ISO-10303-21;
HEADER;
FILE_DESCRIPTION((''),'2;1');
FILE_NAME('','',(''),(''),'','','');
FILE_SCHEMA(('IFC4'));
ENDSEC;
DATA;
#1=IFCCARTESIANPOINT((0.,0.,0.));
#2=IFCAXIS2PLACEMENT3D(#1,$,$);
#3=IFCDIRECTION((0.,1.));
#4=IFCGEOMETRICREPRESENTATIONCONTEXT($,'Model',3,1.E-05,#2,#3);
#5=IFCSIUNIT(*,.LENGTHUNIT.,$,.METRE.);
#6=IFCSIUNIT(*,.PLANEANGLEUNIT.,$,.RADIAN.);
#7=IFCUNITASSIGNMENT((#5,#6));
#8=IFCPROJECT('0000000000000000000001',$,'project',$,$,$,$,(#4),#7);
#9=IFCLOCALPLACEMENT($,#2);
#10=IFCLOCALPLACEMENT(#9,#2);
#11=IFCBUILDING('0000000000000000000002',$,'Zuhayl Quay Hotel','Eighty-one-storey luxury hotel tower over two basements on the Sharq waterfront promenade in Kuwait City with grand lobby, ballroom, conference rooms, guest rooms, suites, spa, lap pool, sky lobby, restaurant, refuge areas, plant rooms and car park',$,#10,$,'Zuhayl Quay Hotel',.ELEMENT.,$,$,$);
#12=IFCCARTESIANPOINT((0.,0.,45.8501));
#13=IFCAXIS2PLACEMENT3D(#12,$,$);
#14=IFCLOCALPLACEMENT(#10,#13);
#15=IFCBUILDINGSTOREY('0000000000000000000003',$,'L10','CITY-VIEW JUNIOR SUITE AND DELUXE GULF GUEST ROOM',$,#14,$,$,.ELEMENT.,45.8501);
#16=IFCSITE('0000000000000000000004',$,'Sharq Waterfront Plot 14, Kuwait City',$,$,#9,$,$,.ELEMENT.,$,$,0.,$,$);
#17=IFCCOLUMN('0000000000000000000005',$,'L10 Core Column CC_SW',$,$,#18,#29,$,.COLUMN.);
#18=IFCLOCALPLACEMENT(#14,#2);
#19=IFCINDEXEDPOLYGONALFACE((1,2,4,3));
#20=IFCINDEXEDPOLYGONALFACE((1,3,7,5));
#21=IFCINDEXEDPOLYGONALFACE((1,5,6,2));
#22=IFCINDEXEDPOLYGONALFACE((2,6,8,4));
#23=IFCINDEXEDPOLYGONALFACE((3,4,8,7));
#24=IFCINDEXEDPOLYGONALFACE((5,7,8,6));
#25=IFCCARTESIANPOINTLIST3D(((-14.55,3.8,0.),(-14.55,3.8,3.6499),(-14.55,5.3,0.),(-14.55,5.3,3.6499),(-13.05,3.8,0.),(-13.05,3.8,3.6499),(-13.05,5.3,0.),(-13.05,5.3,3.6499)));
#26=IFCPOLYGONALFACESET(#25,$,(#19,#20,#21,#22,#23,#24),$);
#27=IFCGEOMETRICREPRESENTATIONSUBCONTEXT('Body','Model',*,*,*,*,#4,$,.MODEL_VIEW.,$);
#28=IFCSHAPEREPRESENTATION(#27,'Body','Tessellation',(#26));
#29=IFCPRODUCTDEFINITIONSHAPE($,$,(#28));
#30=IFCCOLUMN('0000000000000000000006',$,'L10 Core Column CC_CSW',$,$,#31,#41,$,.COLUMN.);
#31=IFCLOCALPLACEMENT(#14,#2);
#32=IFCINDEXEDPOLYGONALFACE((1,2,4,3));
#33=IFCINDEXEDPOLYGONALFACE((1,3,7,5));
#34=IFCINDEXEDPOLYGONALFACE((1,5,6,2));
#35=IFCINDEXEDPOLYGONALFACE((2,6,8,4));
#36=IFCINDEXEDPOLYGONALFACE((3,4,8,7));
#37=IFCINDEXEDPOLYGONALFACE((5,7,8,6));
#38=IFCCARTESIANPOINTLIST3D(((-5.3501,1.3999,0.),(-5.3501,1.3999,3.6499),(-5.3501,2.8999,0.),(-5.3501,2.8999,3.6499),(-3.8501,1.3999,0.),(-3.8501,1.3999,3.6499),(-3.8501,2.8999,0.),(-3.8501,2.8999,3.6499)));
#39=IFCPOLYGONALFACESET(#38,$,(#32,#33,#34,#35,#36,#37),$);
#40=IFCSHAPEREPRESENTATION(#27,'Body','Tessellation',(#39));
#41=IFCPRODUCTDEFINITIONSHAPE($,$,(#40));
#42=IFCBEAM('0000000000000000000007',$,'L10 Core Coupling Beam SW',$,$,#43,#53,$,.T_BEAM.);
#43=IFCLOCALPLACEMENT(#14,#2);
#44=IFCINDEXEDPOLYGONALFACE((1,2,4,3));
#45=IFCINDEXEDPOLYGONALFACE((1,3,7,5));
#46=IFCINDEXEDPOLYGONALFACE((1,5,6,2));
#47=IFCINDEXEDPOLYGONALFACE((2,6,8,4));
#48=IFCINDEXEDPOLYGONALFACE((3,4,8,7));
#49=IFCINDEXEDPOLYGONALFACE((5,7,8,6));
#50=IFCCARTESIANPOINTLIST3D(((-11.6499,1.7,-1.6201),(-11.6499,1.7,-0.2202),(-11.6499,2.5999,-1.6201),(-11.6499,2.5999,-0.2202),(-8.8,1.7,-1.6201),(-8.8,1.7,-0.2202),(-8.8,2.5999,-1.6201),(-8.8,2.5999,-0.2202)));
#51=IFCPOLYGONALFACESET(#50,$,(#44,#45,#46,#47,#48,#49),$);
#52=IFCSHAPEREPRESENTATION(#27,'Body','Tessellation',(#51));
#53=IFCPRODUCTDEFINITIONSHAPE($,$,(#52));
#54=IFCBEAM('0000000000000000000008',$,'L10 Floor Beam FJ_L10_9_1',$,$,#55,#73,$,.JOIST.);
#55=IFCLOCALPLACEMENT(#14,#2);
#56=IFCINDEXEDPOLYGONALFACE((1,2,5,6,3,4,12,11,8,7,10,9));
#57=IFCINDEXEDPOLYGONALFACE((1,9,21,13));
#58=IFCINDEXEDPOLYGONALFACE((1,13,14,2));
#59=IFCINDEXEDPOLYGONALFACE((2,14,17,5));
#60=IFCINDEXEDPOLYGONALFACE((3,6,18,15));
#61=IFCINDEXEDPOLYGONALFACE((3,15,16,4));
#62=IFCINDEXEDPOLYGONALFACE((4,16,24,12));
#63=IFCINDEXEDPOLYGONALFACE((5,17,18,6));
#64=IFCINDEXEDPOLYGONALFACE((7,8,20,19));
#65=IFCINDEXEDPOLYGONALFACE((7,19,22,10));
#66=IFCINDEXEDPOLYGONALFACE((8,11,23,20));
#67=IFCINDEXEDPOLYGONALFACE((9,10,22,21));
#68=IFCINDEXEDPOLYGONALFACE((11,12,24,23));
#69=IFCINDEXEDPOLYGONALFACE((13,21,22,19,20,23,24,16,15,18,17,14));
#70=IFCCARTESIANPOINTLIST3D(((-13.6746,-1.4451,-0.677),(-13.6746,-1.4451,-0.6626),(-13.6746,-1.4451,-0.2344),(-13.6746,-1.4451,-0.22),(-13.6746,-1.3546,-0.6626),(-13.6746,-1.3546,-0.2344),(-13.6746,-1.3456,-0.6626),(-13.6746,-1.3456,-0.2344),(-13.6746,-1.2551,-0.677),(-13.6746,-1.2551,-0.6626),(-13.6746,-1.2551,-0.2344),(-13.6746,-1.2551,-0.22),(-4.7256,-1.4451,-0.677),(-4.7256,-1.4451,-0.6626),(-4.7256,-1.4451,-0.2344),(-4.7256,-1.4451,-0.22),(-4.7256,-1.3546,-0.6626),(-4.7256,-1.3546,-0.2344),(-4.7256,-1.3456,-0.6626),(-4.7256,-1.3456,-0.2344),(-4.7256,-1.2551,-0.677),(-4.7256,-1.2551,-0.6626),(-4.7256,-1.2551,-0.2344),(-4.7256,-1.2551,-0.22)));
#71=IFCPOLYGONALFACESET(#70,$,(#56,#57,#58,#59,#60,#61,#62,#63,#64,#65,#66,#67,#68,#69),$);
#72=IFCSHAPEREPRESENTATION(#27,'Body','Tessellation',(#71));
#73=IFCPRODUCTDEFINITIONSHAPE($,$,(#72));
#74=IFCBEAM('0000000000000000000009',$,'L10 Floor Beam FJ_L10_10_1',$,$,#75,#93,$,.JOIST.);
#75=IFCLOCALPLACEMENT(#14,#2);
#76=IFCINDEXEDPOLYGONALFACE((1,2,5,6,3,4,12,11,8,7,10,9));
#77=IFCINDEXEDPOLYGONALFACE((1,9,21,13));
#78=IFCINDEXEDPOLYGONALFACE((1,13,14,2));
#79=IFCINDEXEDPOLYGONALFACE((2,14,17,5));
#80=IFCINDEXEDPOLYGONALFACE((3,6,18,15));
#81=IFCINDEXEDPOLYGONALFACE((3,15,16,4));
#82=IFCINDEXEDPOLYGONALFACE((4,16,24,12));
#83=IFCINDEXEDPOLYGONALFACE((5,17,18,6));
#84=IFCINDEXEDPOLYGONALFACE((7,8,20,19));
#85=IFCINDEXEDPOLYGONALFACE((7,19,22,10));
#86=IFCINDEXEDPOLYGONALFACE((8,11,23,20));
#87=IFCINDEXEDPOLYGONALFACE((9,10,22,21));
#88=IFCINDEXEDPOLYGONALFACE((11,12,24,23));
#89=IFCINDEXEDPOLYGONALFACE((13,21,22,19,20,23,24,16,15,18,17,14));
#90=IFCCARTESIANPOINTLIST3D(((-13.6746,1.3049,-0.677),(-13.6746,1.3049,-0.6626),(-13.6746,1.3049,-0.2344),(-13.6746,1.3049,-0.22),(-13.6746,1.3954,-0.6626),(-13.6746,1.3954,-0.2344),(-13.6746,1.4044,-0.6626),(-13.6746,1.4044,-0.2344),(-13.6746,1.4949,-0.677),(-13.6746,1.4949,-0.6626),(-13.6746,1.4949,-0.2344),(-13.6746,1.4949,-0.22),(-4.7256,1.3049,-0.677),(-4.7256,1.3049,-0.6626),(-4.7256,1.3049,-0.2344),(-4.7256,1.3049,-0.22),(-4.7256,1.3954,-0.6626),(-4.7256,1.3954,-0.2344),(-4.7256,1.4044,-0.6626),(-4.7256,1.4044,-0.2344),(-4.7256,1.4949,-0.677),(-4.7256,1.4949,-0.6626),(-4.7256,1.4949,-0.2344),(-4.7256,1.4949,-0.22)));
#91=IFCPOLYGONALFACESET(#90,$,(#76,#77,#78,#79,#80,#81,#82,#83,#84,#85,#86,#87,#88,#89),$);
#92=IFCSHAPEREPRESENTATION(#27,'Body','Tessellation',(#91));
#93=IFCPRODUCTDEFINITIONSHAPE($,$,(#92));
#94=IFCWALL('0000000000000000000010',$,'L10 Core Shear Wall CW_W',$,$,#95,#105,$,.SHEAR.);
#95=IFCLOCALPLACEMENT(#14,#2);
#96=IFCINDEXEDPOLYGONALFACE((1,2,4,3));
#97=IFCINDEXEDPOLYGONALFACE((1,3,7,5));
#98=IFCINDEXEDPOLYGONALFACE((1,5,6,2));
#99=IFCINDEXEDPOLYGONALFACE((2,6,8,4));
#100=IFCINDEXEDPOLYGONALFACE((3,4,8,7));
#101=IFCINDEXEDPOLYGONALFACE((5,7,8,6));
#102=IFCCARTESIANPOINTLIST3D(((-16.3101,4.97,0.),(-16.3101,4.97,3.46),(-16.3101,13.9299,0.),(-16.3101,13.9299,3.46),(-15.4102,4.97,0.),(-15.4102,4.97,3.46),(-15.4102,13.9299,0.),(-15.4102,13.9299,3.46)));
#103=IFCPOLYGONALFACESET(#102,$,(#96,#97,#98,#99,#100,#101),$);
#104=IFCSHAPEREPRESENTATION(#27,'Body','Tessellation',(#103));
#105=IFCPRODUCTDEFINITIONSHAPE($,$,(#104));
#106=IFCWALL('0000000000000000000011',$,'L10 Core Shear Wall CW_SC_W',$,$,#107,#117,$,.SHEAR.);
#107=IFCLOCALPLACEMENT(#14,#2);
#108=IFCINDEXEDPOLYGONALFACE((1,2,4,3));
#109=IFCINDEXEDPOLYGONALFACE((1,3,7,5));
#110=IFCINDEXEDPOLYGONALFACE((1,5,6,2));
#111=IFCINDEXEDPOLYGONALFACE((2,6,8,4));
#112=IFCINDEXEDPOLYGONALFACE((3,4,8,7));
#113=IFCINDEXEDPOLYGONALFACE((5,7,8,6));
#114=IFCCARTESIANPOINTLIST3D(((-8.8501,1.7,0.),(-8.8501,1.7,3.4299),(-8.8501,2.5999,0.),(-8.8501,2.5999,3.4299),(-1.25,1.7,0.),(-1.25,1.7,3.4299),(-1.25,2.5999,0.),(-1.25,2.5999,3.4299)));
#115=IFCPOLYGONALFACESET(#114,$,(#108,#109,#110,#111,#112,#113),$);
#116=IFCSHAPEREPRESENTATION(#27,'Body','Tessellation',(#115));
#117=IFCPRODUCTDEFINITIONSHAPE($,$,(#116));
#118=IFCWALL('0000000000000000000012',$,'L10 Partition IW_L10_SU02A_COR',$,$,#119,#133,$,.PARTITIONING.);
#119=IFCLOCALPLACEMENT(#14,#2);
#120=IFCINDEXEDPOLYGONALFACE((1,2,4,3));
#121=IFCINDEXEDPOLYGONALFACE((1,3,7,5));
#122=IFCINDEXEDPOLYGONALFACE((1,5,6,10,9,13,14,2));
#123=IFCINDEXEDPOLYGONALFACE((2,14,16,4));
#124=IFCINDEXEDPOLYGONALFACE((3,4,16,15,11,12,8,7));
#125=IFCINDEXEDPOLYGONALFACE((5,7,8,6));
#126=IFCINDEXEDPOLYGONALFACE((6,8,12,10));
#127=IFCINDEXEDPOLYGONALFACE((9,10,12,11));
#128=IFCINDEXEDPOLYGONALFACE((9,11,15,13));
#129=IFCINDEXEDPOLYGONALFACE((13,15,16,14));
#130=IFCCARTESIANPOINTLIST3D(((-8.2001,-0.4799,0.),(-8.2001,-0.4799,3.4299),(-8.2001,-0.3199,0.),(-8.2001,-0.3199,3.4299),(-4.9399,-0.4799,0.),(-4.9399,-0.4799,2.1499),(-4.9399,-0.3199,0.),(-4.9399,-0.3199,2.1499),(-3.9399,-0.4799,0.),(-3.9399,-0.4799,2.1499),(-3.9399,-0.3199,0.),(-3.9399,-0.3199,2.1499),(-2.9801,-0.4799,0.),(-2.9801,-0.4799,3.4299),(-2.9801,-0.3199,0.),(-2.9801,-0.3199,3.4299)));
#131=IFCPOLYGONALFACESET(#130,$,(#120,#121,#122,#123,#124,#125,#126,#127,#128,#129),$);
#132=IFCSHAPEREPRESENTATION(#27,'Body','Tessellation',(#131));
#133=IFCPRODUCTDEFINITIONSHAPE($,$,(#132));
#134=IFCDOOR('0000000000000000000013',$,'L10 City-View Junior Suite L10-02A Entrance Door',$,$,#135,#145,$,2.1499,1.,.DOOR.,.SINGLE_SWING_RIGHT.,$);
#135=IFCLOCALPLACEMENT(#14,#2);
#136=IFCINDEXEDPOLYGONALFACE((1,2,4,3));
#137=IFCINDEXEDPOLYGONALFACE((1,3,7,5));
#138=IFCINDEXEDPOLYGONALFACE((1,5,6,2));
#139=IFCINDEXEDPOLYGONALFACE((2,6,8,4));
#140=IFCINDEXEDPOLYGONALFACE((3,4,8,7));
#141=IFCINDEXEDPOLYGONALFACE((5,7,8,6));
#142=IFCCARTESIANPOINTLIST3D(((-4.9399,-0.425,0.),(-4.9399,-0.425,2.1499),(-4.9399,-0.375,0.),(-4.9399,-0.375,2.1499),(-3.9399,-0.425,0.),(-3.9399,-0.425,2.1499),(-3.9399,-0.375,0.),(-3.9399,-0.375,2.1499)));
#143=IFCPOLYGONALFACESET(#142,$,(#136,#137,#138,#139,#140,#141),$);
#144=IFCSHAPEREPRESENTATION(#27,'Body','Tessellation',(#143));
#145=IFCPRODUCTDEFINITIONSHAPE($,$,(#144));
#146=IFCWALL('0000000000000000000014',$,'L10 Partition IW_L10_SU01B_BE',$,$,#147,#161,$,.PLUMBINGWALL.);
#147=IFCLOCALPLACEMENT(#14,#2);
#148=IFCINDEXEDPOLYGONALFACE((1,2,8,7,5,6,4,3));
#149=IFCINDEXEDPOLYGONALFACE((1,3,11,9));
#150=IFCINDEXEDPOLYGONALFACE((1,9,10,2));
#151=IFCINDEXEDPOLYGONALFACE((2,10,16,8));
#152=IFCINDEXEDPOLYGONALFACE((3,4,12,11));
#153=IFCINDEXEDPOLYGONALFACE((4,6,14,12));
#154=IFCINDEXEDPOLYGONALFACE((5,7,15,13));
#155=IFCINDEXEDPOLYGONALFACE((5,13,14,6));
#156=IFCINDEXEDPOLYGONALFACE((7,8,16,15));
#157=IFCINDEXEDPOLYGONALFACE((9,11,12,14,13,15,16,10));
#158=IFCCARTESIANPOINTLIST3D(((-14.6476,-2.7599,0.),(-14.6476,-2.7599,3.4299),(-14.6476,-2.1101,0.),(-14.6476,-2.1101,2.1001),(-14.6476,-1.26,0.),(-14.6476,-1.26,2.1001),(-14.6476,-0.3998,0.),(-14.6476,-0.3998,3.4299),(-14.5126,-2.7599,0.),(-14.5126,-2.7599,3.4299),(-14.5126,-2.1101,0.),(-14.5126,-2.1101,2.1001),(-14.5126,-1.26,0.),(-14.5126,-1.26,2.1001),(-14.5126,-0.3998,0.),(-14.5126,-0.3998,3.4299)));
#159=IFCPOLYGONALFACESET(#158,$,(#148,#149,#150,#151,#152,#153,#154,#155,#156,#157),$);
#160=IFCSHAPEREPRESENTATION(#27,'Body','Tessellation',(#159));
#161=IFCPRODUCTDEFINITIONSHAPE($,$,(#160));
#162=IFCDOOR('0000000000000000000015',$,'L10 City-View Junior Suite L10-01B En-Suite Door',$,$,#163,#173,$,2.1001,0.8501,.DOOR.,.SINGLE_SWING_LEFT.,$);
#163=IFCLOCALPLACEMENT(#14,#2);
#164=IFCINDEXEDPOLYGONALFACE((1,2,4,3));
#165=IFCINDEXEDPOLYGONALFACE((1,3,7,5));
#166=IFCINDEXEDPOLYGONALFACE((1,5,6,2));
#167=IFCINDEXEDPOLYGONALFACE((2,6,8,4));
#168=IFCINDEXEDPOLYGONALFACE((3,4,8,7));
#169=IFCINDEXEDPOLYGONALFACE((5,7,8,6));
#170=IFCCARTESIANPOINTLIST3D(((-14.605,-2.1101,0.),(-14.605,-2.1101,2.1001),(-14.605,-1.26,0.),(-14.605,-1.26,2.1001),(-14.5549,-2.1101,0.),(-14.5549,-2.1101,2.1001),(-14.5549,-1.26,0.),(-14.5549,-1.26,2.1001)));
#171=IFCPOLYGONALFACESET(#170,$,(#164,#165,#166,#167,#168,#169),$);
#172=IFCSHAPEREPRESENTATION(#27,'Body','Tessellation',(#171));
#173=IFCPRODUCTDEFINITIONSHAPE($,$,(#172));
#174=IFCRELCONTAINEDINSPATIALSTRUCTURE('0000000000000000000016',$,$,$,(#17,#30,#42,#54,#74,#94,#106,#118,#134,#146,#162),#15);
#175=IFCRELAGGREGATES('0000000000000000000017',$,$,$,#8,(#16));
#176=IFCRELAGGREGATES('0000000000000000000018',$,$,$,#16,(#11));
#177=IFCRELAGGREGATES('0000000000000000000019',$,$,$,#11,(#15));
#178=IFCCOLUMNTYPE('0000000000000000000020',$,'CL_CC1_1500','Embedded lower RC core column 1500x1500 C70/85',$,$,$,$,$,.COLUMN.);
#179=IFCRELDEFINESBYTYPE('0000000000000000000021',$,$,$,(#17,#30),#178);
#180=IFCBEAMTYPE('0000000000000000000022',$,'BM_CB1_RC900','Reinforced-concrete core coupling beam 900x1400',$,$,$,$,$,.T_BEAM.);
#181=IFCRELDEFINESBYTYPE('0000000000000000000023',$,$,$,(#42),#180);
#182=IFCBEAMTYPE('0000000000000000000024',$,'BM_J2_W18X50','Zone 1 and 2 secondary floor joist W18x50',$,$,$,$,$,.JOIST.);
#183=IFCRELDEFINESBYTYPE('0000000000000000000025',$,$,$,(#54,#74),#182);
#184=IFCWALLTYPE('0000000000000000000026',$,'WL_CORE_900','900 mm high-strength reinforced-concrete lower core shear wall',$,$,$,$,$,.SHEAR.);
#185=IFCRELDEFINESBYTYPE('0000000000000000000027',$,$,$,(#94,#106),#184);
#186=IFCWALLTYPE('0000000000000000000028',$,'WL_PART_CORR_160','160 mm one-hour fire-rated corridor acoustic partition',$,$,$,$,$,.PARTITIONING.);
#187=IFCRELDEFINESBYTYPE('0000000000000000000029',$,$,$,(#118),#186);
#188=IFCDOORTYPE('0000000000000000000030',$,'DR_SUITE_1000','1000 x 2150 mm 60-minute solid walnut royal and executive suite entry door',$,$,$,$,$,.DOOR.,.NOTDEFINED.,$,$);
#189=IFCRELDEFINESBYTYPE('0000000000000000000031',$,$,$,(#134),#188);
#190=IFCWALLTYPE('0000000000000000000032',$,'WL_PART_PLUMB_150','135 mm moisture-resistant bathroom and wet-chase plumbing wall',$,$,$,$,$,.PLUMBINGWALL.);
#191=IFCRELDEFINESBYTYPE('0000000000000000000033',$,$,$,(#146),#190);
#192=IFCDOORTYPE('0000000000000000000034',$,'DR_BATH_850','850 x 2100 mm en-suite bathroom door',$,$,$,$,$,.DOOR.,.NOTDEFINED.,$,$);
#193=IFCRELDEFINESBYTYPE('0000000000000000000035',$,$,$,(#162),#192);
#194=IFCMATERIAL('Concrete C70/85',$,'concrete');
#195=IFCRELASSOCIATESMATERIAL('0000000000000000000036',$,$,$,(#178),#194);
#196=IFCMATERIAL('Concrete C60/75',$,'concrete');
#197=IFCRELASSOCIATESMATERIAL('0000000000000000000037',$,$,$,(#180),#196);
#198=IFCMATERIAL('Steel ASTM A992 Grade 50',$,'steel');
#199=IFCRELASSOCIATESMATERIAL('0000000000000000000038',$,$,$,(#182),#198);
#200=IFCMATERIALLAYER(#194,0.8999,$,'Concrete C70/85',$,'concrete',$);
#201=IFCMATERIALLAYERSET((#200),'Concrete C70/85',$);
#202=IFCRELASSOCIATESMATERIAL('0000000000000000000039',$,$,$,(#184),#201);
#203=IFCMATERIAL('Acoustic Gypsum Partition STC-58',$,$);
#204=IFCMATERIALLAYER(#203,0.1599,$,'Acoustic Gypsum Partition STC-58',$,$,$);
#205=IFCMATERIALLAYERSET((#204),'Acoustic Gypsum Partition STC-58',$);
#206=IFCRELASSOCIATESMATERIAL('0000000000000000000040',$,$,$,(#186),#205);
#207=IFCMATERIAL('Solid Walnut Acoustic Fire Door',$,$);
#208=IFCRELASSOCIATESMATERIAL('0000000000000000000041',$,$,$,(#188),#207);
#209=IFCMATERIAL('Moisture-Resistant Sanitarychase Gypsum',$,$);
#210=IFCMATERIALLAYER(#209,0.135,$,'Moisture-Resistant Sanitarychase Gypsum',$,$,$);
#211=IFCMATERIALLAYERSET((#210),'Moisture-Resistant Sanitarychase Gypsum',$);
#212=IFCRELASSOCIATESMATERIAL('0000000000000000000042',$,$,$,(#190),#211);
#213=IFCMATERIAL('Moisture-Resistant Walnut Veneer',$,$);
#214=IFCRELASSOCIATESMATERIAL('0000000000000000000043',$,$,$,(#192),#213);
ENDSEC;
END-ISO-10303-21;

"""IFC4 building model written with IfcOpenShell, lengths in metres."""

from ifc_helpers import new_model, si_unit, direction, frame, frame_2d, origin, origin_2d, place, context, subcontext, project, spatial, rectangle, i_section, extrude, material, layer, layer_set, material_profile, profile_set, type_object, element, fill, save


model = new_model("IFC4")

# Units and contexts
model_context = context("Model", 3, precision=1e-05, world=origin(), true_north=direction((0.0, 1.0)))
body_context = subcontext(model_context, "Body", "Model", "MODEL_VIEW")
ifc_project = project(units=[si_unit("LENGTHUNIT", "METRE"), si_unit("PLANEANGLEUNIT", "RADIAN")], contexts=[model_context])

# Site, building, storey
site_placement = place(None, origin())
site = spatial("IfcSite", under=ifc_project, at=site_placement, Name="Sharq Waterfront Plot 14, Kuwait City", CompositionType="ELEMENT", RefElevation=0.0)
building_placement = place(site_placement, origin())
building = spatial("IfcBuilding", under=site, at=building_placement, Name="Zuhayl Quay Hotel", Description="Eighty-one-storey luxury hotel tower over two basements on the Sharq waterfront promenade in Kuwait City with grand lobby, ballroom, conference rooms, guest rooms, suites, spa, lap pool, sky lobby, restaurant, refuge areas, plant rooms and car park", LongName="Zuhayl Quay Hotel", CompositionType="ELEMENT")
storey_placement = place(building_placement, frame((0.0, 0.0, 45.8501)))
storey = spatial("IfcBuildingStorey", under=building, at=storey_placement, Name="L10", Description="CITY-VIEW JUNIOR SUITE AND DELUXE GULF GUEST ROOM", CompositionType="ELEMENT", Elevation=45.8501)

# Columns
ifc_material_1 = material(Name="Concrete C70/85", Category="concrete")
ifc_material_profile_1 = material_profile(ifc_material_1, rectangle(XDim=1.5, YDim=1.5, at=origin_2d()), Name="RC1500X1500")
ifc_profile_set_1 = profile_set([ifc_material_profile_1], Name="Concrete C70/85")
column_type = type_object("IfcColumnType", Name="CL_CC1_1500", Description="Embedded lower RC core column 1500x1500 C70/85", PredefinedType="COLUMN", material=ifc_profile_set_1)
for number, where, z_axis, x_axis, name in (
    (1, (-13.8, 4.55, 0.0), (0.0, 0.0, 1.0), (1.0, 0.0, 0.0), "L10 Core Column CC_SW"),
    (2, (-4.6001, 2.1499, 0.0), (0.0, 0.0, 1.0), (1.0, 0.0, 0.0), "L10 Core Column CC_CSW"),
):
    element("IfcColumn", number, at=place(storey_placement, frame(where, z_axis=z_axis, x_axis=x_axis)), inside=storey, type_object=column_type, Name=name, PredefinedType="COLUMN", context=body_context, shape_type="SweptSolid", body=[
        extrude(rectangle(XDim=1.5, YDim=1.5, at=origin_2d()), origin(), (0.0, 0.0, 1.0), 3.6499),
    ])

# Beams
ifc_material_2 = material(Name="Concrete C60/75", Category="concrete")
ifc_material_profile_2 = material_profile(ifc_material_2, rectangle(XDim=0.8999, YDim=1.3999, at=origin_2d()), Name="RC900X1400")
ifc_profile_set_2 = profile_set([ifc_material_profile_2], Name="Concrete C60/75")
beam_type_1 = type_object("IfcBeamType", Name="BM_CB1_RC900", Description="Reinforced-concrete core coupling beam 900x1400", PredefinedType="T_BEAM", material=ifc_profile_set_2)
beam_placement = place(storey_placement, frame((-11.6499, 2.1499, -0.9202), z_axis=(1.0, 0.0, 0.0), x_axis=(0.0, 1.0, 0.0)))
element("IfcBeam", 3, at=beam_placement, inside=storey, type_object=beam_type_1, Name="L10 Core Coupling Beam SW", PredefinedType="T_BEAM", context=body_context, shape_type="SweptSolid", body=[
    extrude(rectangle(XDim=0.8999, YDim=1.3999, at=origin_2d()), origin(), (0.0, 0.0, 1.0), 2.8499),
])
ifc_material_3 = material(Name="Steel ASTM A992 Grade 50", Category="steel")
ifc_material_profile_3 = material_profile(ifc_material_3, i_section(OverallWidth=0.1899, OverallDepth=0.457, WebThickness=0.009, FlangeThickness=0.0144, at=origin_2d()), Name="W18X50")
ifc_profile_set_3 = profile_set([ifc_material_profile_3], Name="Steel ASTM A992 Grade 50")
beam_type_2 = type_object("IfcBeamType", Name="BM_J2_W18X50", Description="Zone 1 and 2 secondary floor joist W18x50", PredefinedType="JOIST", material=ifc_profile_set_3)
for number, where, z_axis, x_axis, name in (
    (4, (-13.6746, -1.3501, -0.4485), (1.0, 0.0, 0.0), (0.0, 1.0, 0.0), "L10 Floor Beam FJ_L10_9_1"),
    (5, (-13.6746, 1.3999, -0.4485), (1.0, 0.0, 0.0), (0.0, 1.0, 0.0), "L10 Floor Beam FJ_L10_10_1"),
):
    element("IfcBeam", number, at=place(storey_placement, frame(where, z_axis=z_axis, x_axis=x_axis)), inside=storey, type_object=beam_type_2, Name=name, PredefinedType="JOIST", context=body_context, shape_type="SweptSolid", body=[
        extrude(i_section(OverallWidth=0.1899, OverallDepth=0.457, WebThickness=0.009, FlangeThickness=0.0144, at=origin_2d()), origin(), (0.0, 0.0, 1.0), 8.949),
    ])

# Walls
ifc_layer_1 = layer(ifc_material_1, 0.8999, Name="Concrete C70/85", Category="concrete")
ifc_layer_set_1 = layer_set([ifc_layer_1], Name="Concrete C70/85")
wall_type_1 = type_object("IfcWallType", Name="WL_CORE_900", Description="900 mm high-strength reinforced-concrete lower core shear wall", PredefinedType="SHEAR", material=ifc_layer_set_1)
wall_1_placement = place(storey_placement, frame((-15.8601, 4.97, 0.0), z_axis=(0.0, 0.0, 1.0), x_axis=(0.0, 1.0, 0.0)))
element("IfcWall", 6, at=wall_1_placement, inside=storey, type_object=wall_type_1, Name="L10 Core Shear Wall CW_W", PredefinedType="SHEAR", context=body_context, shape_type="SweptSolid", body=[
    extrude(rectangle(XDim=8.96, YDim=0.8999, at=frame_2d((4.48, 0.0))), origin(), (0.0, 0.0, 1.0), 3.46),
])
wall_2_placement = place(storey_placement, frame((-8.8501, 2.1499, 0.0), z_axis=(0.0, 0.0, 1.0), x_axis=(1.0, 0.0, 0.0)))
element("IfcWall", 7, at=wall_2_placement, inside=storey, type_object=wall_type_1, Name="L10 Core Shear Wall CW_SC_W", PredefinedType="SHEAR", context=body_context, shape_type="SweptSolid", body=[
    extrude(rectangle(XDim=7.6001, YDim=0.8999, at=frame_2d((3.8, 0.0))), origin(), (0.0, 0.0, 1.0), 3.4299),
])

# Walls, openings, doors
ifc_material_4 = material(Name="Acoustic Gypsum Partition STC-58")
ifc_layer_2 = layer(ifc_material_4, 0.1599, Name="Acoustic Gypsum Partition STC-58")
ifc_layer_set_2 = layer_set([ifc_layer_2], Name="Acoustic Gypsum Partition STC-58")
wall_type_2 = type_object("IfcWallType", Name="WL_PART_CORR_160", Description="160 mm one-hour fire-rated corridor acoustic partition", PredefinedType="PARTITIONING", material=ifc_layer_set_2)
wall_3_placement = place(storey_placement, frame((-8.2, -0.3999, 0.0), z_axis=(0.0, 0.0, 1.0), x_axis=(1.0, 0.0, 0.0)))
wall_3 = element("IfcWall", 8, at=wall_3_placement, inside=storey, type_object=wall_type_2, Name="L10 Partition IW_L10_SU02A_COR", PredefinedType="PARTITIONING", context=body_context, shape_type="SweptSolid", body=[
    extrude(rectangle(XDim=5.22, YDim=0.1599, at=frame_2d((2.6099, 0.0))), origin(), (0.0, 0.0, 1.0), 3.4299),
])
opening_1_placement = place(wall_3_placement, frame((3.26, 0.0, 0.0)))
opening_1 = element("IfcOpeningElement", 9, at=opening_1_placement, cuts=wall_3, PredefinedType="OPENING", context=body_context, shape_type="SweptSolid", body=[
    extrude(rectangle(XDim=1.0, YDim=2.1499, at=frame_2d((0.5, 1.075))), frame((0.0, 0.0898, 0.0), z_axis=(0.0, -1.0, 0.0), x_axis=(1.0, 0.0, 0.0)), (0.0, 0.0, 1.0), 0.1799),
])
ifc_material_5 = material(Name="Solid Walnut Acoustic Fire Door")
door_type_1 = type_object("IfcDoorType", Name="DR_SUITE_1000", Description="1000 x 2150 mm 60-minute solid walnut royal and executive suite entry door", OperationType="NOTDEFINED", PredefinedType="DOOR", material=ifc_material_5)
door_1_placement = place(opening_1_placement, origin())
door_1 = element("IfcDoor", 10, at=door_1_placement, inside=storey, type_object=door_type_1, Name="L10 City-View Junior Suite L10-02A Entrance Door", OperationType="SINGLE_SWING_RIGHT", OverallHeight=2.1499, OverallWidth=1.0, PredefinedType="DOOR", context=body_context, shape_type="SweptSolid", body=[
    extrude(rectangle(XDim=1.0, YDim=2.1499, at=frame_2d((0.5, 1.075))), frame((0.0, 0.0249, 0.0), z_axis=(0.0, -1.0, 0.0), x_axis=(1.0, 0.0, 0.0)), (0.0, 0.0, 1.0), 0.05),
])
fill(opening_1, door_1)
ifc_material_6 = material(Name="Moisture-Resistant Sanitarychase Gypsum")
ifc_layer_3 = layer(ifc_material_6, 0.135, Name="Moisture-Resistant Sanitarychase Gypsum")
ifc_layer_set_3 = layer_set([ifc_layer_3], Name="Moisture-Resistant Sanitarychase Gypsum")
wall_type_3 = type_object("IfcWallType", Name="WL_PART_PLUMB_150", Description="135 mm moisture-resistant bathroom and wet-chase plumbing wall", PredefinedType="PLUMBINGWALL", material=ifc_layer_set_3)
wall_4_placement = place(storey_placement, frame((-14.5801, -2.76, 0.0), z_axis=(0.0, 0.0, 1.0), x_axis=(0.0, 1.0, 0.0)))
wall_4 = element("IfcWall", 11, at=wall_4_placement, inside=storey, type_object=wall_type_3, Name="L10 Partition IW_L10_SU01B_BE", PredefinedType="PLUMBINGWALL", context=body_context, shape_type="SweptSolid", body=[
    extrude(rectangle(XDim=2.3601, YDim=0.135, at=frame_2d((1.1802, 0.0))), origin(), (0.0, 0.0, 1.0), 3.4299),
])
opening_2_placement = place(wall_4_placement, frame((0.6499, 0.0, 0.0)))
opening_2 = element("IfcOpeningElement", 12, at=opening_2_placement, cuts=wall_4, PredefinedType="OPENING", context=body_context, shape_type="SweptSolid", body=[
    extrude(rectangle(XDim=0.8501, YDim=2.1001, at=frame_2d((0.425, 1.05))), frame((0.0, 0.0774, 0.0), z_axis=(0.0, -1.0, 0.0), x_axis=(1.0, 0.0, 0.0)), (0.0, 0.0, 1.0), 0.155),
])
ifc_material_7 = material(Name="Moisture-Resistant Walnut Veneer")
door_type_2 = type_object("IfcDoorType", Name="DR_BATH_850", Description="850 x 2100 mm en-suite bathroom door", OperationType="NOTDEFINED", PredefinedType="DOOR", material=ifc_material_7)
door_2_placement = place(opening_2_placement, origin())
door_2 = element("IfcDoor", 13, at=door_2_placement, inside=storey, type_object=door_type_2, Name="L10 City-View Junior Suite L10-01B En-Suite Door", OperationType="SINGLE_SWING_LEFT", OverallHeight=2.1001, OverallWidth=0.8501, PredefinedType="DOOR", context=body_context, shape_type="SweptSolid", body=[
    extrude(rectangle(XDim=0.8501, YDim=2.1001, at=frame_2d((0.425, 1.05))), frame((0.0, 0.0249, 0.0), z_axis=(0.0, -1.0, 0.0), x_axis=(1.0, 0.0, 0.0)), (0.0, 0.0, 1.0), 0.05),
])
fill(opening_2, door_2)

save(model, "model.ifc")
